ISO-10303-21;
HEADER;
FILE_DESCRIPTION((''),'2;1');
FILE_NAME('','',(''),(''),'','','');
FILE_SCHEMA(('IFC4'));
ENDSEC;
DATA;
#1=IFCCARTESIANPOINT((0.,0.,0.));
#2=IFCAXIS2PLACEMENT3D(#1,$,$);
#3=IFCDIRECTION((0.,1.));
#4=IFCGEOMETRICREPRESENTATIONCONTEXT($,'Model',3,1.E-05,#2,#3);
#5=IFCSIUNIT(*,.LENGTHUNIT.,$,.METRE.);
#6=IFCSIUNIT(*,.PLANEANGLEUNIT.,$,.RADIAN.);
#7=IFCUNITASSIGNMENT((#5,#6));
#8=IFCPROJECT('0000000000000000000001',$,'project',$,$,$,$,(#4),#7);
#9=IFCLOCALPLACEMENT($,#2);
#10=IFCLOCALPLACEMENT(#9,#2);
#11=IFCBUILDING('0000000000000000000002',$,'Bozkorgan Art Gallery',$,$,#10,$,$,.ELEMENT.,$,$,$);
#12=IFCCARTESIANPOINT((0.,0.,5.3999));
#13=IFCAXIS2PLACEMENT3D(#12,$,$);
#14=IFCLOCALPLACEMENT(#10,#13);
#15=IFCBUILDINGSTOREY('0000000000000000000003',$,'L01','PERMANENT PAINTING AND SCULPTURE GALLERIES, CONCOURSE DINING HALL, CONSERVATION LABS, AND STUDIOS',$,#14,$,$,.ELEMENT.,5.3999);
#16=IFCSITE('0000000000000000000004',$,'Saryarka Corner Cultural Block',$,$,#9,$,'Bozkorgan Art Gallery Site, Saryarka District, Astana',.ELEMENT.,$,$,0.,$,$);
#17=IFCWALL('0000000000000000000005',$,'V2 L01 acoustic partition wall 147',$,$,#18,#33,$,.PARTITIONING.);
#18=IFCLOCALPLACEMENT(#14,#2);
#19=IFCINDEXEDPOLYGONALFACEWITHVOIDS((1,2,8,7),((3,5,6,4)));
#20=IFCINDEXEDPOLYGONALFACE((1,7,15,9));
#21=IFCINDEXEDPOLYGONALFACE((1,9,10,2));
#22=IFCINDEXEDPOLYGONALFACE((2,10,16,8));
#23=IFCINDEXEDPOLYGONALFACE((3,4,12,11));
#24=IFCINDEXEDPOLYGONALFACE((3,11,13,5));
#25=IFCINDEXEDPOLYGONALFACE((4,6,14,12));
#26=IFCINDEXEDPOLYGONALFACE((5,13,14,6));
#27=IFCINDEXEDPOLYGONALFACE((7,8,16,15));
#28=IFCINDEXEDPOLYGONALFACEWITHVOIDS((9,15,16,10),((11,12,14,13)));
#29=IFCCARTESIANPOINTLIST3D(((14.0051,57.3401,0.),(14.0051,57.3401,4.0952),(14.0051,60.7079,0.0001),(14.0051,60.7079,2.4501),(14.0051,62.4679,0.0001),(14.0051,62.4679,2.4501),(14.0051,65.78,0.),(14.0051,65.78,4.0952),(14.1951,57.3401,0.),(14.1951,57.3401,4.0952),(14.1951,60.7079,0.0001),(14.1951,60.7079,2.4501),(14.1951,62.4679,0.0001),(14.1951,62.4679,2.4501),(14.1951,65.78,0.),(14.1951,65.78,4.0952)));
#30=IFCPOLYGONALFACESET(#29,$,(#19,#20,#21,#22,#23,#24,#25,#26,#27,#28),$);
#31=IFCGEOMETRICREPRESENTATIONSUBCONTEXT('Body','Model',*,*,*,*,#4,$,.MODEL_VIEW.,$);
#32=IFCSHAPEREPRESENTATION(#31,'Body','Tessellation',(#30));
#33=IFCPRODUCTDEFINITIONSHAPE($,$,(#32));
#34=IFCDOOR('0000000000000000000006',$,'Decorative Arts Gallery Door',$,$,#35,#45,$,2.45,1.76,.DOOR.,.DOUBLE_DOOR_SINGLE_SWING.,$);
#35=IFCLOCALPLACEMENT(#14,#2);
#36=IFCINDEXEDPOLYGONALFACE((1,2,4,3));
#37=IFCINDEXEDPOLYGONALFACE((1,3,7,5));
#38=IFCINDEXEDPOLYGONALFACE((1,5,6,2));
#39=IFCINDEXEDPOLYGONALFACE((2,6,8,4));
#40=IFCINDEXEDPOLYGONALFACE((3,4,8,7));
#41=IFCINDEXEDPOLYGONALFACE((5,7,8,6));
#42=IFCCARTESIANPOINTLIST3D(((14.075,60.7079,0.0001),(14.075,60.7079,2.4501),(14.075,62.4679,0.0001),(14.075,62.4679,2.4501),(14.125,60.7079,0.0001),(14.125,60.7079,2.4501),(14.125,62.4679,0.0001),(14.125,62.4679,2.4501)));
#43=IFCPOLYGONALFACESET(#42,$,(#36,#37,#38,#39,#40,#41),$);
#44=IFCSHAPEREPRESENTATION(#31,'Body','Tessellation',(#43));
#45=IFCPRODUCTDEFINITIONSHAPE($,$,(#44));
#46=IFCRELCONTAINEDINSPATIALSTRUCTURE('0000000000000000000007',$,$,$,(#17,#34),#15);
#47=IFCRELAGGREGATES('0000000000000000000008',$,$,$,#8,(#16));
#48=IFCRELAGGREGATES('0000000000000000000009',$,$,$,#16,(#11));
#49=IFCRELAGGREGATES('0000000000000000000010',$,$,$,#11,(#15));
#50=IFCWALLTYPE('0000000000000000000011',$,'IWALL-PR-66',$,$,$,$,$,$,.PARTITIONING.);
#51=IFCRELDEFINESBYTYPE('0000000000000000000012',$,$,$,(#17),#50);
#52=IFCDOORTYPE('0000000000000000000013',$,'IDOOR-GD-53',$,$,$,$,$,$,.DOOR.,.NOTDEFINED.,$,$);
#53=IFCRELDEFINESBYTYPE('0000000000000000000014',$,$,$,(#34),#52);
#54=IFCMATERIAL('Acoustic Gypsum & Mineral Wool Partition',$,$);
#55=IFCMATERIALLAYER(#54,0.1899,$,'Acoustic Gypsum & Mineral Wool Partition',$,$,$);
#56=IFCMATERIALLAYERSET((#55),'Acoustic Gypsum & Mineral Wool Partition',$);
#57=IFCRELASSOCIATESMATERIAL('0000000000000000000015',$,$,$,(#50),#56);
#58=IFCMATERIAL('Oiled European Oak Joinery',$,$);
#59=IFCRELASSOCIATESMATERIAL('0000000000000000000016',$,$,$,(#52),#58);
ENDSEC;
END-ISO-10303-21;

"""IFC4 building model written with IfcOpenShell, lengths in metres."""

from ifc_helpers import new_model, si_unit, direction, frame, frame_2d, origin, place, context, subcontext, project, spatial, rectangle, extrude, material, layer, layer_set, type_object, element, fill, save


model = new_model("IFC4")

# Units and contexts
model_context = context("Model", 3, precision=1e-05, world=origin(), true_north=direction((0.0, 1.0)))
body_context = subcontext(model_context, "Body", "Model", "MODEL_VIEW")
ifc_project = project(units=[si_unit("LENGTHUNIT", "METRE"), si_unit("PLANEANGLEUNIT", "RADIAN")], contexts=[model_context])

# Site, building, storey
site_placement = place(None, origin())
site = spatial("IfcSite", under=ifc_project, at=site_placement, Name="Saryarka Corner Cultural Block", LongName="Bozkorgan Art Gallery Site, Saryarka District, Astana", CompositionType="ELEMENT", RefElevation=0.0)
building_placement = place(site_placement, origin())
building = spatial("IfcBuilding", under=site, at=building_placement, Name="Bozkorgan Art Gallery", CompositionType="ELEMENT")
storey_placement = place(building_placement, frame((0.0, 0.0, 5.3999)))
storey = spatial("IfcBuildingStorey", under=building, at=storey_placement, Name="L01", Description="PERMANENT PAINTING AND SCULPTURE GALLERIES, CONCOURSE DINING HALL, CONSERVATION LABS, AND STUDIOS", CompositionType="ELEMENT", Elevation=5.3999)

# Wall, opening, door
ifc_material_1 = material(Name="Acoustic Gypsum & Mineral Wool Partition")
ifc_layer_1 = layer(ifc_material_1, 0.1899, Name="Acoustic Gypsum & Mineral Wool Partition")
ifc_layer_set_1 = layer_set([ifc_layer_1], Name="Acoustic Gypsum & Mineral Wool Partition")
wall_type = type_object("IfcWallType", Name="IWALL-PR-66", PredefinedType="PARTITIONING", material=ifc_layer_set_1)
wall_placement = place(storey_placement, frame((14.1001, 57.3401, 0.0), z_axis=(0.0, 0.0, 1.0), x_axis=(0.0, 1.0, 0.0)))
wall = element("IfcWall", 1, at=wall_placement, inside=storey, type_object=wall_type, Name="V2 L01 acoustic partition wall 147", PredefinedType="PARTITIONING", context=body_context, shape_type="SweptSolid", body=[
    extrude(rectangle(XDim=8.4399, YDim=0.1899, at=frame_2d((4.22, 0.0))), origin(), (0.0, 0.0, 1.0), 4.0952),
])
opening_placement = place(wall_placement, frame((5.1277, 0.0, 0.0), z_axis=(0.0, 0.0, 1.0), x_axis=(-1.0, 0.0, 0.0)))
opening = element("IfcOpeningElement", 2, at=opening_placement, cuts=wall, PredefinedType="OPENING", context=body_context, shape_type="SweptSolid", body=[
    extrude(rectangle(XDim=1.76, YDim=2.45, at=frame_2d((0.8799, 1.2251))), frame((0.0, 0.105, 0.0), z_axis=(0.0, -1.0, 0.0), x_axis=(1.0, 0.0, 0.0)), (0.0, 0.0, 1.0), 0.21),
])
ifc_material_2 = material(Name="Oiled European Oak Joinery")
door_type = type_object("IfcDoorType", Name="IDOOR-GD-53", OperationType="NOTDEFINED", PredefinedType="DOOR", material=ifc_material_2)
door_placement = place(opening_placement, origin())
door = element("IfcDoor", 3, at=door_placement, inside=storey, type_object=door_type, Name="Decorative Arts Gallery Door", OperationType="DOUBLE_DOOR_SINGLE_SWING", OverallHeight=2.45, OverallWidth=1.76, PredefinedType="DOOR", context=body_context, shape_type="SweptSolid", body=[
    extrude(rectangle(XDim=1.76, YDim=2.45, at=frame_2d((0.8799, 1.2251))), frame((0.0, 0.0249, 0.0), z_axis=(0.0, -1.0, 0.0), x_axis=(1.0, 0.0, 0.0)), (0.0, 0.0, 1.0), 0.05),
])
fill(opening, door)

save(model, "model.ifc")
